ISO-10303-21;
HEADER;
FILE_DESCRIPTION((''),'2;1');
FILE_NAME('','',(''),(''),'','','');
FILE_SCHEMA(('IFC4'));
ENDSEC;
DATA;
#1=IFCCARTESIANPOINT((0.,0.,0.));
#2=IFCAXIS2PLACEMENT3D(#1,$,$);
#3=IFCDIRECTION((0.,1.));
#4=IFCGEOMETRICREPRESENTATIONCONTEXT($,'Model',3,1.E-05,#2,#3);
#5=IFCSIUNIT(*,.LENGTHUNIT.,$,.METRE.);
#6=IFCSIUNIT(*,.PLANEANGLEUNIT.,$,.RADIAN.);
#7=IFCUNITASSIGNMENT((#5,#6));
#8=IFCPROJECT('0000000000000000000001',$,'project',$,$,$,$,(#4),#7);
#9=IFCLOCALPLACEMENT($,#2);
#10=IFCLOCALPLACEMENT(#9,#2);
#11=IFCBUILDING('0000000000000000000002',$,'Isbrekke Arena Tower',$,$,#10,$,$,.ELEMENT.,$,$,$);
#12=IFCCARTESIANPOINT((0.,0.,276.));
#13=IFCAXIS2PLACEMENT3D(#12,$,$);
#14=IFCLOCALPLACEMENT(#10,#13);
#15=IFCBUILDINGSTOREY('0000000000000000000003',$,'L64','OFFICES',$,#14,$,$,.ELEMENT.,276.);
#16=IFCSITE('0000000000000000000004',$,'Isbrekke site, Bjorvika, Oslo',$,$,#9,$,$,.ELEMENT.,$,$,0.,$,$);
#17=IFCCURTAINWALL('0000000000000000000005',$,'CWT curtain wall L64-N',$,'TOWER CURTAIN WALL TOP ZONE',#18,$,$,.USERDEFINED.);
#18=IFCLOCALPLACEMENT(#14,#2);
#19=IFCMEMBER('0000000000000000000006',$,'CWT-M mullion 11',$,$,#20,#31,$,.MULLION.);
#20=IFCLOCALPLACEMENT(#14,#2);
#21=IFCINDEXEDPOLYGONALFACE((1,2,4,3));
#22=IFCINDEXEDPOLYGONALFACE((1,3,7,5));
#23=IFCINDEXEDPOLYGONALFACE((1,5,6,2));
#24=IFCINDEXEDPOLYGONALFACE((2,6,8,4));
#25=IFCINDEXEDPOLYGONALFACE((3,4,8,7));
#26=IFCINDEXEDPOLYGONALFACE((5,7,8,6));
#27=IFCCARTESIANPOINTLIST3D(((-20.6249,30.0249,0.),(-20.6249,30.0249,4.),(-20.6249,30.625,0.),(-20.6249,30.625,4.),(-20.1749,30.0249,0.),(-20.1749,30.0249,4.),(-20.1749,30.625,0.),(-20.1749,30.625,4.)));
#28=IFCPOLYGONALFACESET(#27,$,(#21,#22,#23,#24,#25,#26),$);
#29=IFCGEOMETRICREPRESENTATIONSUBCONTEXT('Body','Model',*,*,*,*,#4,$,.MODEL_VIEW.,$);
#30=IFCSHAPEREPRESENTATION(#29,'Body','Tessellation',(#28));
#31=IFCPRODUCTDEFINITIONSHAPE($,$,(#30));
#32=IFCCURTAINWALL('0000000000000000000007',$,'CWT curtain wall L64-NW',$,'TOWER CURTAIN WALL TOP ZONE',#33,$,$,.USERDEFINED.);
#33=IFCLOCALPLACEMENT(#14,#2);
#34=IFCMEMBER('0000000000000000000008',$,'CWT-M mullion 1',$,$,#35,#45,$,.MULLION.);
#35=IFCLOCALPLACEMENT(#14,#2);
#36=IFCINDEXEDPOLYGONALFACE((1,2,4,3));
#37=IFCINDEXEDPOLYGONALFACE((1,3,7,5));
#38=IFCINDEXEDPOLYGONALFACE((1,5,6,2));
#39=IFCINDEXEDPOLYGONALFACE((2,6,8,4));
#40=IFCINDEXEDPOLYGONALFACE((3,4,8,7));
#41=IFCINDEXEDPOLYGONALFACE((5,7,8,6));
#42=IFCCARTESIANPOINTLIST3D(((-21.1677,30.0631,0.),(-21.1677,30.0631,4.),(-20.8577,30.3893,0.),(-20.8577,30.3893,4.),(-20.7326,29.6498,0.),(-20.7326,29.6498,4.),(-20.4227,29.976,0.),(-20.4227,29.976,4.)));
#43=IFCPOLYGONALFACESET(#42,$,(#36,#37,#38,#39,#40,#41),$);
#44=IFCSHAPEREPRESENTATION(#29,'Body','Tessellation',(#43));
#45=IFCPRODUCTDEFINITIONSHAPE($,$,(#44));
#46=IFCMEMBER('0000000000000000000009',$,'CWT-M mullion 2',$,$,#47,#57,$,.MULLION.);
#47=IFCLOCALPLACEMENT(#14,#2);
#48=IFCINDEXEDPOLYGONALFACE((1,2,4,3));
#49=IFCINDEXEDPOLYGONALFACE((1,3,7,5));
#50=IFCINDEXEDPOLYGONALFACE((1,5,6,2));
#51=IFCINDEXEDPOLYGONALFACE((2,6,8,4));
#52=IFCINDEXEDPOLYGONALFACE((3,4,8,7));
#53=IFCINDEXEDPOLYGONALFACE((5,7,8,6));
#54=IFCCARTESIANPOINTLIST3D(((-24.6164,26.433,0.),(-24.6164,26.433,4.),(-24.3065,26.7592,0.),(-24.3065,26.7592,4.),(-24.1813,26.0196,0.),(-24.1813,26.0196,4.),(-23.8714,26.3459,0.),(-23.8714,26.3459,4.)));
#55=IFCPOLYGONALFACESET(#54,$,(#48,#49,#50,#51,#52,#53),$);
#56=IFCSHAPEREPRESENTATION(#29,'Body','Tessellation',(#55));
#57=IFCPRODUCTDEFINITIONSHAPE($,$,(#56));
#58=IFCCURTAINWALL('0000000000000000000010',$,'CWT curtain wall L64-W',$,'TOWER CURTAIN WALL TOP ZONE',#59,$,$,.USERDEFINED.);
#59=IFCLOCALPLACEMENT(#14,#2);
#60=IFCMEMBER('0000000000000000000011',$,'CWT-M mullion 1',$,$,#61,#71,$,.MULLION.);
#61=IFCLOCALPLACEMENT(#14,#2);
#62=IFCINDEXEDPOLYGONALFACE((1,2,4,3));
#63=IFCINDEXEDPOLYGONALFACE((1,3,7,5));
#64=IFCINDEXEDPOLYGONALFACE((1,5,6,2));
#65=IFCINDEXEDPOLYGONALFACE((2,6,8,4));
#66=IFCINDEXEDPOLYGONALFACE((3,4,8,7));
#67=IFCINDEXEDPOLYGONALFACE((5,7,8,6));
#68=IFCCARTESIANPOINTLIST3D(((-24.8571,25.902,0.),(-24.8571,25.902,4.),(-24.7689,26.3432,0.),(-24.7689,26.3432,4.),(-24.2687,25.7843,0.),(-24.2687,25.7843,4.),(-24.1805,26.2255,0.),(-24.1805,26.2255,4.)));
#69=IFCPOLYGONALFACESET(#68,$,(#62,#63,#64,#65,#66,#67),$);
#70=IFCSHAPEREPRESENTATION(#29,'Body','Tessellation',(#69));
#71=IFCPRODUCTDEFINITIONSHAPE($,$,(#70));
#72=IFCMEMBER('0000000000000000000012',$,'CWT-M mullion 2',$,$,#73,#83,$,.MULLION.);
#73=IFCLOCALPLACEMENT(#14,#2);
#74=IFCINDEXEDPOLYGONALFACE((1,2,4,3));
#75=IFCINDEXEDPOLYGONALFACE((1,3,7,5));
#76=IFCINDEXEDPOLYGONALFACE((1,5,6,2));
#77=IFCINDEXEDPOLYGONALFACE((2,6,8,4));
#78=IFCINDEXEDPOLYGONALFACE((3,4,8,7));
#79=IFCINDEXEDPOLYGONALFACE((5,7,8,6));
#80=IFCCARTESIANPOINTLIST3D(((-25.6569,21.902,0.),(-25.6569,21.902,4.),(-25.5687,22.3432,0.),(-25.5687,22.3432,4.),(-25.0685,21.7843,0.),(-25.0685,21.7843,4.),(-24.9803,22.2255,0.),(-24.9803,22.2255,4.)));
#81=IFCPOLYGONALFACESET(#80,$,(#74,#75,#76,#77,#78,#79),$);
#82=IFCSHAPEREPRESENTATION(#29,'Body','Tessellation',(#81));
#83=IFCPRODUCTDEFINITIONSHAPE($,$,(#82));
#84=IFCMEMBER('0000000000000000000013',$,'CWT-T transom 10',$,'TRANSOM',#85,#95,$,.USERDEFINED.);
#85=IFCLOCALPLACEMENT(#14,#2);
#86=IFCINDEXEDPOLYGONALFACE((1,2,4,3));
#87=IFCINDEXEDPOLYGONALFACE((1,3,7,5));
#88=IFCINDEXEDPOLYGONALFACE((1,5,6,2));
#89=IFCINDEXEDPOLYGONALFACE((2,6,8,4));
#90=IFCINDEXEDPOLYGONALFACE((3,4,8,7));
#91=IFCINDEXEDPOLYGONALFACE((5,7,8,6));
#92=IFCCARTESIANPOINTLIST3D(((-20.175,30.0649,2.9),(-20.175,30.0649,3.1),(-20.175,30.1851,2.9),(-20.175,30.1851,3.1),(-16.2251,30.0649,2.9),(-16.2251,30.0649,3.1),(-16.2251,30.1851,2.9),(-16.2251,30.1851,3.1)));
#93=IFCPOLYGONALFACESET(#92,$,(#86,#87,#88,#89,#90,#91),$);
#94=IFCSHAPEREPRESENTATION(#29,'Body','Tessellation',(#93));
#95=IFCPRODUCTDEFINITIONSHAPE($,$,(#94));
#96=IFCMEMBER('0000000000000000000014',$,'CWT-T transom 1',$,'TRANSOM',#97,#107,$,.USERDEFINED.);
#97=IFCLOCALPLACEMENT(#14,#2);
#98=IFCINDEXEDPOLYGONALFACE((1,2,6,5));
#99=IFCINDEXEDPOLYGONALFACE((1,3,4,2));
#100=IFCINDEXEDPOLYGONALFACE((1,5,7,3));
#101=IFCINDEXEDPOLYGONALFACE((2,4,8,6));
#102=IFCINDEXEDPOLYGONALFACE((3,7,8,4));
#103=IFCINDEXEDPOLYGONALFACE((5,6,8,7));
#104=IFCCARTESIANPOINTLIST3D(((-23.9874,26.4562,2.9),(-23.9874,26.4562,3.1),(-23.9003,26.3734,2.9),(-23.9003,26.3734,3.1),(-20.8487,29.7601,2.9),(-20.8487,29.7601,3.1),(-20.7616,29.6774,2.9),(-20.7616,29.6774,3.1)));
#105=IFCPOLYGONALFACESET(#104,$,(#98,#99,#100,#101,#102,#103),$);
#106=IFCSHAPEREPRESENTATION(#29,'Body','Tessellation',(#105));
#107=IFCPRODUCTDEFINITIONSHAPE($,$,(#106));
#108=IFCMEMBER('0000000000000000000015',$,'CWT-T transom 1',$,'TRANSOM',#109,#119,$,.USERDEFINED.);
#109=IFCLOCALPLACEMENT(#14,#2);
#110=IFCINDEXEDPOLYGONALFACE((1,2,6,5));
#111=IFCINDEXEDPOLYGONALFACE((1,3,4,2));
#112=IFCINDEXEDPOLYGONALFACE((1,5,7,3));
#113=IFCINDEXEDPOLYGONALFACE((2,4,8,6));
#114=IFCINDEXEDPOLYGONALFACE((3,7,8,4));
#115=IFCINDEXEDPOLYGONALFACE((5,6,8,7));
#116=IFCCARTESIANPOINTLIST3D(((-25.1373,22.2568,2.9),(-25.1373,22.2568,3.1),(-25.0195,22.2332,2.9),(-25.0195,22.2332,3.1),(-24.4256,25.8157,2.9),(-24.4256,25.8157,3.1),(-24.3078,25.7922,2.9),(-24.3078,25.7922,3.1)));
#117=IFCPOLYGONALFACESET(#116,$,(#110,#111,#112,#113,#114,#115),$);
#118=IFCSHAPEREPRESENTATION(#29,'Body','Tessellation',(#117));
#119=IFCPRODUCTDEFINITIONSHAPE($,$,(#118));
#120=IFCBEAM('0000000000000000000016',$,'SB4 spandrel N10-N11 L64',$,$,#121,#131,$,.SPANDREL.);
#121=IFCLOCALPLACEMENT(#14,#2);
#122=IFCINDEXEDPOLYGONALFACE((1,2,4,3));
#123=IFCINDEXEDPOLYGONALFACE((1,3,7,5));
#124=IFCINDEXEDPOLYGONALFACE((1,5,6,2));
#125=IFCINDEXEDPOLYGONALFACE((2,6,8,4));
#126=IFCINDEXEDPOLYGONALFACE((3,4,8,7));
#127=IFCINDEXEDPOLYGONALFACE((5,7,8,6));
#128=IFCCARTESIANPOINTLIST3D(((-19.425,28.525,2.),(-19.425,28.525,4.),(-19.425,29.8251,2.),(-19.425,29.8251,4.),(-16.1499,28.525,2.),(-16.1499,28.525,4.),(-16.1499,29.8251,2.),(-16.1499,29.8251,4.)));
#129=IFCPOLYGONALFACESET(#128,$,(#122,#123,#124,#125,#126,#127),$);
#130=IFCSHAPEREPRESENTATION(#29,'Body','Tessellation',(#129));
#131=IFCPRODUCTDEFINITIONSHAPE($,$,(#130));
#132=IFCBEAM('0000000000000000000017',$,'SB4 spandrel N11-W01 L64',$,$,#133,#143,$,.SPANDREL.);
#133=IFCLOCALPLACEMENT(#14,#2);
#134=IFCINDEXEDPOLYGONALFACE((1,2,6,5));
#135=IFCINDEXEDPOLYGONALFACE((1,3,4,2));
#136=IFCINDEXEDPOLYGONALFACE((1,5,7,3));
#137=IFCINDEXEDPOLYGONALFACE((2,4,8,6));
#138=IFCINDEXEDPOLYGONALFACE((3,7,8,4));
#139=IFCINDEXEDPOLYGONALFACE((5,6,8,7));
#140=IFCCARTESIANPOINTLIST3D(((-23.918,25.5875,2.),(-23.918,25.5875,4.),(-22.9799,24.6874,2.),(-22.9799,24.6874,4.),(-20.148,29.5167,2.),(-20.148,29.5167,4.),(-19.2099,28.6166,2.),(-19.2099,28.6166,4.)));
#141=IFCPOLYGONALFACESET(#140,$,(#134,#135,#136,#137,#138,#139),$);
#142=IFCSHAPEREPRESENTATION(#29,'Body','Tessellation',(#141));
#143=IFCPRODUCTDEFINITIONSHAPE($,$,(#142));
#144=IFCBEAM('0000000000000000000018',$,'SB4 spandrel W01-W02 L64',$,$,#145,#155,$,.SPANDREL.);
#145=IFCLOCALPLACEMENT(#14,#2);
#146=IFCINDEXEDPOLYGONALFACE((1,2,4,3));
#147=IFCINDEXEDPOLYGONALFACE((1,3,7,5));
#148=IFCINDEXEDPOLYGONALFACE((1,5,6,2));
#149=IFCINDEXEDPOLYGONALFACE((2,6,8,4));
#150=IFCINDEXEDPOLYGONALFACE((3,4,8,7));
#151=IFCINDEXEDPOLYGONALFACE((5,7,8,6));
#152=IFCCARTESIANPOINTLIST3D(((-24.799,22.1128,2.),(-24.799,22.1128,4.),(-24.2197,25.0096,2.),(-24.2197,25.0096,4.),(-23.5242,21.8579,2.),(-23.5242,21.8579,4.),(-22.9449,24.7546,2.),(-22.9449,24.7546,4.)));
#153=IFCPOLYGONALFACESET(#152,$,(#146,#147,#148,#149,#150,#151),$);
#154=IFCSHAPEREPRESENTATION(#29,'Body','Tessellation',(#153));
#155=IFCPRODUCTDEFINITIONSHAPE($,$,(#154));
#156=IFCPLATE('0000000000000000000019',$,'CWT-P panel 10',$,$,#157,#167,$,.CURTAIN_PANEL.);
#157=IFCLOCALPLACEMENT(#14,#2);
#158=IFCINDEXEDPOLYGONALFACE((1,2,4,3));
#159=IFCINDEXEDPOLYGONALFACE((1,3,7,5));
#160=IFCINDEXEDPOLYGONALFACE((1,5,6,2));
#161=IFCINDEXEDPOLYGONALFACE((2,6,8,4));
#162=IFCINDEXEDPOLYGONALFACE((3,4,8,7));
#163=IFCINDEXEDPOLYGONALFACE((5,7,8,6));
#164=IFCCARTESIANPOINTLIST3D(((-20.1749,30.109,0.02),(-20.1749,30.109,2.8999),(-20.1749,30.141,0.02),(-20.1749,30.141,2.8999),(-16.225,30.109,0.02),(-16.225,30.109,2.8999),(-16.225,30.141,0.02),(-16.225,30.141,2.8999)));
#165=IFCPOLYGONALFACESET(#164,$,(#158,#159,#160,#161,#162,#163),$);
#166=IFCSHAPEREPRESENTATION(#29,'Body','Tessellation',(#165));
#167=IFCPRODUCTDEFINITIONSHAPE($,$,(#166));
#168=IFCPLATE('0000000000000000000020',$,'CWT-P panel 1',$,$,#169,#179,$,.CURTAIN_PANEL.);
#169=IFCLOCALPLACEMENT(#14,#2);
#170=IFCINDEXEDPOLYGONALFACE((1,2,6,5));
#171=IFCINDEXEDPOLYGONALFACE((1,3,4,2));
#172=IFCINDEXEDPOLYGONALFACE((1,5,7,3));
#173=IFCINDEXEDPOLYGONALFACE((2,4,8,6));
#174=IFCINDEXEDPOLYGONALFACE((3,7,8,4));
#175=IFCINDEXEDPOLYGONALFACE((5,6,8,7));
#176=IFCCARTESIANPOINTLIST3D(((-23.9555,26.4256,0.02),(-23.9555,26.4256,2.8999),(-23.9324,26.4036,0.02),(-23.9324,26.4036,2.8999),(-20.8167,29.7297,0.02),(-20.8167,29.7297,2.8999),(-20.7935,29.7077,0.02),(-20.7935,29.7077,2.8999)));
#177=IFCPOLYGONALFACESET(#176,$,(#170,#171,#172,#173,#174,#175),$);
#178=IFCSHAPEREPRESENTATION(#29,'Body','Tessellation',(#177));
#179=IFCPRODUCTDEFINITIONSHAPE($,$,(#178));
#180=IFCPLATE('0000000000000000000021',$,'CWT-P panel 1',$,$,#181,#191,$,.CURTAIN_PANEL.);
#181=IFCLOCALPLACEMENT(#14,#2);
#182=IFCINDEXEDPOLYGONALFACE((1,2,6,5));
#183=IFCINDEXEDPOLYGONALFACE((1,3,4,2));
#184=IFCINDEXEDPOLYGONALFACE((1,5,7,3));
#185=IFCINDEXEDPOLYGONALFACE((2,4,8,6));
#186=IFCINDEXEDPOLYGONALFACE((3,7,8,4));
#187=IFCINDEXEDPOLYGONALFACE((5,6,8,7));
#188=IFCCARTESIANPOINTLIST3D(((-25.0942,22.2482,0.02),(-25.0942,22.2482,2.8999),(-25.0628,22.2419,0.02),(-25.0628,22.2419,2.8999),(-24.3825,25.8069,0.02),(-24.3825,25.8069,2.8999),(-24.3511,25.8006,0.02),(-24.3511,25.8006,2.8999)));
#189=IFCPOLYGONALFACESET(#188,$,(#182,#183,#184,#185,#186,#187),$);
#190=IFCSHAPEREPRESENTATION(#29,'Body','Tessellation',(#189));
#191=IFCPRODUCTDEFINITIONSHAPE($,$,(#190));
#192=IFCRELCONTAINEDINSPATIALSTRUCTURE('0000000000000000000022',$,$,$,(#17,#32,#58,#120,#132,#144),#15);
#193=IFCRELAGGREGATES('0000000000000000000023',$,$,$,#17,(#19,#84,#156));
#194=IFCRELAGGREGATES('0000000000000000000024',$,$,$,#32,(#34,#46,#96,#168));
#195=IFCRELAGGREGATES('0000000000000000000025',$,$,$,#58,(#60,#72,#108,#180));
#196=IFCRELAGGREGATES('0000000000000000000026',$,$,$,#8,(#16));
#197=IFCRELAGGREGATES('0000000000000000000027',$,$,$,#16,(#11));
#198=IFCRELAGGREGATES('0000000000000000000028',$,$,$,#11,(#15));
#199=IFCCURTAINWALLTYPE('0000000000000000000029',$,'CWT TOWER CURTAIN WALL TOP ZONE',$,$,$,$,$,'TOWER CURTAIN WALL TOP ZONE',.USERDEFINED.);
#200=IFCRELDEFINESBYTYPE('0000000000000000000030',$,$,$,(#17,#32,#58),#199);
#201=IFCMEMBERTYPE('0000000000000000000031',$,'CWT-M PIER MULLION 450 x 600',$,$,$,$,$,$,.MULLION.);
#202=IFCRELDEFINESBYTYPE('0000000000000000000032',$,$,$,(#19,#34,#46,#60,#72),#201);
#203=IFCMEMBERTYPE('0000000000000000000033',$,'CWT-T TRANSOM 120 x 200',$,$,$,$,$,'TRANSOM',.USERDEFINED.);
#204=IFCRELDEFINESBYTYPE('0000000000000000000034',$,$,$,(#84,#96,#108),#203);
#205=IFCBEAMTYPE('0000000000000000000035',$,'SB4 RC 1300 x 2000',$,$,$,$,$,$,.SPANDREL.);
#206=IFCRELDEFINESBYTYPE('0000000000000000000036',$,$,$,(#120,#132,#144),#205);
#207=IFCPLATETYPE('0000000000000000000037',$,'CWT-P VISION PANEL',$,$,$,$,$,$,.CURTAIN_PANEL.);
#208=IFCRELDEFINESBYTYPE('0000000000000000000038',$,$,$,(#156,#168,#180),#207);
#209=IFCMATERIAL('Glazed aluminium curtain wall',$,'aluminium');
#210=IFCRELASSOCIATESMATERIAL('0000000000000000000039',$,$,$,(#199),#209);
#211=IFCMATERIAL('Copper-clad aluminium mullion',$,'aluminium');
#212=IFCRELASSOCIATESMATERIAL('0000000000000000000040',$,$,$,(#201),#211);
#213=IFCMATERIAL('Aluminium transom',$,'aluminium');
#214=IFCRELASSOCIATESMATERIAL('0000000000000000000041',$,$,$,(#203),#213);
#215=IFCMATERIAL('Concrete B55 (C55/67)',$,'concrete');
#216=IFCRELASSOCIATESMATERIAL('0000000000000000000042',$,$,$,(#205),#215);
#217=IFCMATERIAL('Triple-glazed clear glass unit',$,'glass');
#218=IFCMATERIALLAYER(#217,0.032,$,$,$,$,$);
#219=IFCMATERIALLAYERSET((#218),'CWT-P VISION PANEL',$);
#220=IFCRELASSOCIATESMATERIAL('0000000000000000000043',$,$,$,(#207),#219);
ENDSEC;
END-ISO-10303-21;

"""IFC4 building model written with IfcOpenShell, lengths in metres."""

from ifc_helpers import new_model, si_unit, direction, frame, origin, origin_2d, place, context, subcontext, project, spatial, rectangle, extrude, material, layer, layer_set, material_profile, profile_set, type_object, element, aggregate, save


model = new_model("IFC4")

# Units and contexts
model_context = context("Model", 3, precision=1e-05, world=origin(), true_north=direction((0.0, 1.0)))
body_context = subcontext(model_context, "Body", "Model", "MODEL_VIEW")
ifc_project = project(units=[si_unit("LENGTHUNIT", "METRE"), si_unit("PLANEANGLEUNIT", "RADIAN")], contexts=[model_context])

# Site, building, storey
site_placement = place(None, origin())
site = spatial("IfcSite", under=ifc_project, at=site_placement, Name="Isbrekke site, Bjorvika, Oslo", CompositionType="ELEMENT", RefElevation=0.0)
building_placement = place(site_placement, origin())
building = spatial("IfcBuilding", under=site, at=building_placement, Name="Isbrekke Arena Tower", CompositionType="ELEMENT")
storey_placement = place(building_placement, frame((0.0, 0.0, 276.0)))
storey = spatial("IfcBuildingStorey", under=building, at=storey_placement, Name="L64", Description="OFFICES", CompositionType="ELEMENT", Elevation=276.0)

# Curtain wall, member
ifc_material_1 = material(Name="Glazed aluminium curtain wall", Category="aluminium")
curtain_wall_type = type_object("IfcCurtainWallType", Name="CWT TOWER CURTAIN WALL TOP ZONE", ElementType="TOWER CURTAIN WALL TOP ZONE", PredefinedType="USERDEFINED", material=ifc_material_1)
curtain_wall_1_placement = place(storey_placement, origin())
curtain_wall_1 = element("IfcCurtainWall", 1, at=curtain_wall_1_placement, inside=storey, type_object=curtain_wall_type, Name="CWT curtain wall L64-N", ObjectType="TOWER CURTAIN WALL TOP ZONE", PredefinedType="USERDEFINED")
ifc_material_2 = material(Name="Copper-clad aluminium mullion", Category="aluminium")
ifc_material_profile_1 = material_profile(ifc_material_2, rectangle(XDim=0.45, YDim=0.6001, at=origin_2d()), Name="PIER 450X600")
ifc_profile_set_1 = profile_set([ifc_material_profile_1], Name="Copper-clad aluminium mullion")
member_type_1 = type_object("IfcMemberType", Name="CWT-M PIER MULLION 450 x 600", PredefinedType="MULLION", material=ifc_profile_set_1)
member_1_placement = place(storey_placement, frame((-20.3999, 30.325, 0.0), z_axis=(0.0, 0.0, 1.0), x_axis=(-1.0, 0.0, 0.0)))
member_1 = element("IfcMember", 2, at=member_1_placement, type_object=member_type_1, Name="CWT-M mullion 11", PredefinedType="MULLION", context=body_context, shape_type="SweptSolid", body=[
    extrude(rectangle(XDim=0.45, YDim=0.6001, at=origin_2d()), origin(), (0.0, 0.0, 1.0), 4.0),
])

# Curtain walls, members
curtain_wall_2_placement = place(storey_placement, origin())
curtain_wall_2 = element("IfcCurtainWall", 3, at=curtain_wall_2_placement, inside=storey, type_object=curtain_wall_type, Name="CWT curtain wall L64-NW", ObjectType="TOWER CURTAIN WALL TOP ZONE", PredefinedType="USERDEFINED")
member_2_placement = place(storey_placement, frame((-20.7952, 30.0195, 0.0), z_axis=(0.0, 0.0, 1.0), x_axis=(-0.688749, -0.724999, 0.0)))
member_2 = element("IfcMember", 4, at=member_2_placement, type_object=member_type_1, Name="CWT-M mullion 1", PredefinedType="MULLION", context=body_context, shape_type="SweptSolid", body=[
    extrude(rectangle(XDim=0.45, YDim=0.6001, at=origin_2d()), origin(), (0.0, 0.0, 1.0), 4.0),
])
member_3_placement = place(storey_placement, frame((-24.2439, 26.3894, 0.0), z_axis=(0.0, 0.0, 1.0), x_axis=(-0.688749, -0.724999, 0.0)))
member_3 = element("IfcMember", 5, at=member_3_placement, type_object=member_type_1, Name="CWT-M mullion 2", PredefinedType="MULLION", context=body_context, shape_type="SweptSolid", body=[
    extrude(rectangle(XDim=0.45, YDim=0.6001, at=origin_2d()), origin(), (0.0, 0.0, 1.0), 4.0),
])
curtain_wall_3_placement = place(storey_placement, origin())
curtain_wall_3 = element("IfcCurtainWall", 6, at=curtain_wall_3_placement, inside=storey, type_object=curtain_wall_type, Name="CWT curtain wall L64-W", ObjectType="TOWER CURTAIN WALL TOP ZONE", PredefinedType="USERDEFINED")
member_4_placement = place(storey_placement, frame((-24.5188, 26.0637, 0.0), z_axis=(0.0, 0.0, 1.0), x_axis=(-0.196116, -0.980581, 0.0)))
member_4 = element("IfcMember", 7, at=member_4_placement, type_object=member_type_1, Name="CWT-M mullion 1", PredefinedType="MULLION", context=body_context, shape_type="SweptSolid", body=[
    extrude(rectangle(XDim=0.45, YDim=0.6001, at=origin_2d()), origin(), (0.0, 0.0, 1.0), 4.0),
])
member_5_placement = place(storey_placement, frame((-25.3186, 22.0637, 0.0), z_axis=(0.0, 0.0, 1.0), x_axis=(-0.196116, -0.980581, 0.0)))
member_5 = element("IfcMember", 8, at=member_5_placement, type_object=member_type_1, Name="CWT-M mullion 2", PredefinedType="MULLION", context=body_context, shape_type="SweptSolid", body=[
    extrude(rectangle(XDim=0.45, YDim=0.6001, at=origin_2d()), origin(), (0.0, 0.0, 1.0), 4.0),
])

# Members
ifc_material_3 = material(Name="Aluminium transom", Category="aluminium")
ifc_material_profile_2 = material_profile(ifc_material_3, rectangle(XDim=0.1201, YDim=0.2, at=origin_2d()), Name="TRANSOM 120X200")
ifc_profile_set_2 = profile_set([ifc_material_profile_2], Name="Aluminium transom")
member_type_2 = type_object("IfcMemberType", Name="CWT-T TRANSOM 120 x 200", ElementType="TRANSOM", PredefinedType="USERDEFINED", material=ifc_profile_set_2)
member_6_placement = place(storey_placement, frame((-16.2251, 30.125, 3.0), z_axis=(-1.0, 0.0, 0.0), x_axis=(0.0, -1.0, 0.0)))
member_6 = element("IfcMember", 9, at=member_6_placement, type_object=member_type_2, Name="CWT-T transom 10", ObjectType="TRANSOM", PredefinedType="USERDEFINED", context=body_context, shape_type="SweptSolid", body=[
    extrude(rectangle(XDim=0.1201, YDim=0.2, at=origin_2d()), origin(), (0.0, 0.0, 1.0), 3.95),
])
member_7_placement = place(storey_placement, frame((-20.8052, 29.7188, 3.0), z_axis=(-0.68874, -0.725009, 0.0), x_axis=(0.725009, -0.68874, 0.0)))
member_7 = element("IfcMember", 10, at=member_7_placement, type_object=member_type_2, Name="CWT-T transom 1", ObjectType="TRANSOM", PredefinedType="USERDEFINED", context=body_context, shape_type="SweptSolid", body=[
    extrude(rectangle(XDim=0.1201, YDim=0.2, at=origin_2d()), origin(), (0.0, 0.0, 1.0), 4.5571),
])
member_8_placement = place(storey_placement, frame((-24.3667, 25.804, 3.0), z_axis=(-0.19609, -0.980586, 0.0), x_axis=(0.980586, -0.19609, 0.0)))
member_8 = element("IfcMember", 11, at=member_8_placement, type_object=member_type_2, Name="CWT-T transom 1", ObjectType="TRANSOM", PredefinedType="USERDEFINED", context=body_context, shape_type="SweptSolid", body=[
    extrude(rectangle(XDim=0.1201, YDim=0.2, at=origin_2d()), origin(), (0.0, 0.0, 1.0), 3.6294),
])

# Beams
ifc_material_4 = material(Name="Concrete B55 (C55/67)", Category="concrete")
ifc_material_profile_3 = material_profile(ifc_material_4, rectangle(XDim=1.3, YDim=2.0, at=origin_2d()), Name="RC 1300x2000")
ifc_profile_set_3 = profile_set([ifc_material_profile_3], Name="Concrete B55 (C55/67)")
beam_type_1 = type_object("IfcBeamType", Name="SB4 RC 1300 x 2000", PredefinedType="SPANDREL", material=ifc_profile_set_3)
beam_1_placement = place(storey_placement, frame((-16.1499, 29.175, 3.0), z_axis=(-1.0, 0.0, 0.0), x_axis=(0.0, -1.0, 0.0)))
element("IfcBeam", 12, at=beam_1_placement, inside=storey, type_object=beam_type_1, Name="SB4 spandrel N10-N11 L64", PredefinedType="SPANDREL", context=body_context, shape_type="SweptSolid", body=[
    extrude(rectangle(XDim=1.3, YDim=2.0, at=origin_2d()), origin(), (0.0, 0.0, 1.0), 3.2751),
])
beam_2_placement = place(storey_placement, frame((-19.679, 29.0667, 3.0), z_axis=(-0.69234, -0.721572, 0.0), x_axis=(0.721572, -0.69234, 0.0)))
element("IfcBeam", 13, at=beam_2_placement, inside=storey, type_object=beam_type_1, Name="SB4 spandrel N11-W01 L64", PredefinedType="SPANDREL", context=body_context, shape_type="SweptSolid", body=[
    extrude(rectangle(XDim=1.3, YDim=2.0, at=origin_2d()), origin(), (0.0, 0.0, 1.0), 5.4453),
])
beam_3_placement = place(storey_placement, frame((-23.5823, 24.8821, 3.0), z_axis=(-0.196116, -0.980581, 0.0), x_axis=(0.980581, -0.196116, 0.0)))
element("IfcBeam", 14, at=beam_3_placement, inside=storey, type_object=beam_type_1, Name="SB4 spandrel W01-W02 L64", PredefinedType="SPANDREL", context=body_context, shape_type="SweptSolid", body=[
    extrude(rectangle(XDim=1.3, YDim=2.0, at=origin_2d()), origin(), (0.0, 0.0, 1.0), 2.9541),
])

# Plates
ifc_material_5 = material(Name="Triple-glazed clear glass unit", Category="glass")
ifc_layer_1 = layer(ifc_material_5, 0.032)
ifc_layer_set_1 = layer_set([ifc_layer_1], Name="CWT-P VISION PANEL")
plate_type = type_object("IfcPlateType", Name="CWT-P VISION PANEL", PredefinedType="CURTAIN_PANEL", material=ifc_layer_set_1)
plate_1_placement = place(storey_placement, frame((-18.2, 30.125, 0.02), z_axis=(0.0, 0.0, 1.0), x_axis=(-1.0, 0.0, 0.0)))
plate_1 = element("IfcPlate", 15, at=plate_1_placement, type_object=plate_type, Name="CWT-P panel 10", PredefinedType="CURTAIN_PANEL", context=body_context, shape_type="SweptSolid", body=[
    extrude(rectangle(XDim=3.95, YDim=0.032, at=origin_2d()), origin(), (0.0, 0.0, 1.0), 2.8799),
])
aggregate(curtain_wall_1, [member_1, member_6, plate_1])
plate_2_placement = place(storey_placement, frame((-22.3745, 28.0667, 0.02), z_axis=(0.0, 0.0, 1.0), x_axis=(-0.688749, -0.724999, 0.0)))
plate_2 = element("IfcPlate", 16, at=plate_2_placement, type_object=plate_type, Name="CWT-P panel 1", PredefinedType="CURTAIN_PANEL", context=body_context, shape_type="SweptSolid", body=[
    extrude(rectangle(XDim=4.5574, YDim=0.032, at=origin_2d()), origin(), (0.0, 0.0, 1.0), 2.8799),
])
aggregate(curtain_wall_2, [member_2, member_3, member_7, plate_2])
plate_3_placement = place(storey_placement, frame((-24.7227, 24.0244, 0.02), z_axis=(0.0, 0.0, 1.0), x_axis=(-0.196116, -0.980581, 0.0)))
plate_3 = element("IfcPlate", 17, at=plate_3_placement, type_object=plate_type, Name="CWT-P panel 1", PredefinedType="CURTAIN_PANEL", context=body_context, shape_type="SweptSolid", body=[
    extrude(rectangle(XDim=3.6292, YDim=0.032, at=origin_2d()), origin(), (0.0, 0.0, 1.0), 2.8799),
])
aggregate(curtain_wall_3, [member_4, member_5, member_8, plate_3])

save(model, "model.ifc")
